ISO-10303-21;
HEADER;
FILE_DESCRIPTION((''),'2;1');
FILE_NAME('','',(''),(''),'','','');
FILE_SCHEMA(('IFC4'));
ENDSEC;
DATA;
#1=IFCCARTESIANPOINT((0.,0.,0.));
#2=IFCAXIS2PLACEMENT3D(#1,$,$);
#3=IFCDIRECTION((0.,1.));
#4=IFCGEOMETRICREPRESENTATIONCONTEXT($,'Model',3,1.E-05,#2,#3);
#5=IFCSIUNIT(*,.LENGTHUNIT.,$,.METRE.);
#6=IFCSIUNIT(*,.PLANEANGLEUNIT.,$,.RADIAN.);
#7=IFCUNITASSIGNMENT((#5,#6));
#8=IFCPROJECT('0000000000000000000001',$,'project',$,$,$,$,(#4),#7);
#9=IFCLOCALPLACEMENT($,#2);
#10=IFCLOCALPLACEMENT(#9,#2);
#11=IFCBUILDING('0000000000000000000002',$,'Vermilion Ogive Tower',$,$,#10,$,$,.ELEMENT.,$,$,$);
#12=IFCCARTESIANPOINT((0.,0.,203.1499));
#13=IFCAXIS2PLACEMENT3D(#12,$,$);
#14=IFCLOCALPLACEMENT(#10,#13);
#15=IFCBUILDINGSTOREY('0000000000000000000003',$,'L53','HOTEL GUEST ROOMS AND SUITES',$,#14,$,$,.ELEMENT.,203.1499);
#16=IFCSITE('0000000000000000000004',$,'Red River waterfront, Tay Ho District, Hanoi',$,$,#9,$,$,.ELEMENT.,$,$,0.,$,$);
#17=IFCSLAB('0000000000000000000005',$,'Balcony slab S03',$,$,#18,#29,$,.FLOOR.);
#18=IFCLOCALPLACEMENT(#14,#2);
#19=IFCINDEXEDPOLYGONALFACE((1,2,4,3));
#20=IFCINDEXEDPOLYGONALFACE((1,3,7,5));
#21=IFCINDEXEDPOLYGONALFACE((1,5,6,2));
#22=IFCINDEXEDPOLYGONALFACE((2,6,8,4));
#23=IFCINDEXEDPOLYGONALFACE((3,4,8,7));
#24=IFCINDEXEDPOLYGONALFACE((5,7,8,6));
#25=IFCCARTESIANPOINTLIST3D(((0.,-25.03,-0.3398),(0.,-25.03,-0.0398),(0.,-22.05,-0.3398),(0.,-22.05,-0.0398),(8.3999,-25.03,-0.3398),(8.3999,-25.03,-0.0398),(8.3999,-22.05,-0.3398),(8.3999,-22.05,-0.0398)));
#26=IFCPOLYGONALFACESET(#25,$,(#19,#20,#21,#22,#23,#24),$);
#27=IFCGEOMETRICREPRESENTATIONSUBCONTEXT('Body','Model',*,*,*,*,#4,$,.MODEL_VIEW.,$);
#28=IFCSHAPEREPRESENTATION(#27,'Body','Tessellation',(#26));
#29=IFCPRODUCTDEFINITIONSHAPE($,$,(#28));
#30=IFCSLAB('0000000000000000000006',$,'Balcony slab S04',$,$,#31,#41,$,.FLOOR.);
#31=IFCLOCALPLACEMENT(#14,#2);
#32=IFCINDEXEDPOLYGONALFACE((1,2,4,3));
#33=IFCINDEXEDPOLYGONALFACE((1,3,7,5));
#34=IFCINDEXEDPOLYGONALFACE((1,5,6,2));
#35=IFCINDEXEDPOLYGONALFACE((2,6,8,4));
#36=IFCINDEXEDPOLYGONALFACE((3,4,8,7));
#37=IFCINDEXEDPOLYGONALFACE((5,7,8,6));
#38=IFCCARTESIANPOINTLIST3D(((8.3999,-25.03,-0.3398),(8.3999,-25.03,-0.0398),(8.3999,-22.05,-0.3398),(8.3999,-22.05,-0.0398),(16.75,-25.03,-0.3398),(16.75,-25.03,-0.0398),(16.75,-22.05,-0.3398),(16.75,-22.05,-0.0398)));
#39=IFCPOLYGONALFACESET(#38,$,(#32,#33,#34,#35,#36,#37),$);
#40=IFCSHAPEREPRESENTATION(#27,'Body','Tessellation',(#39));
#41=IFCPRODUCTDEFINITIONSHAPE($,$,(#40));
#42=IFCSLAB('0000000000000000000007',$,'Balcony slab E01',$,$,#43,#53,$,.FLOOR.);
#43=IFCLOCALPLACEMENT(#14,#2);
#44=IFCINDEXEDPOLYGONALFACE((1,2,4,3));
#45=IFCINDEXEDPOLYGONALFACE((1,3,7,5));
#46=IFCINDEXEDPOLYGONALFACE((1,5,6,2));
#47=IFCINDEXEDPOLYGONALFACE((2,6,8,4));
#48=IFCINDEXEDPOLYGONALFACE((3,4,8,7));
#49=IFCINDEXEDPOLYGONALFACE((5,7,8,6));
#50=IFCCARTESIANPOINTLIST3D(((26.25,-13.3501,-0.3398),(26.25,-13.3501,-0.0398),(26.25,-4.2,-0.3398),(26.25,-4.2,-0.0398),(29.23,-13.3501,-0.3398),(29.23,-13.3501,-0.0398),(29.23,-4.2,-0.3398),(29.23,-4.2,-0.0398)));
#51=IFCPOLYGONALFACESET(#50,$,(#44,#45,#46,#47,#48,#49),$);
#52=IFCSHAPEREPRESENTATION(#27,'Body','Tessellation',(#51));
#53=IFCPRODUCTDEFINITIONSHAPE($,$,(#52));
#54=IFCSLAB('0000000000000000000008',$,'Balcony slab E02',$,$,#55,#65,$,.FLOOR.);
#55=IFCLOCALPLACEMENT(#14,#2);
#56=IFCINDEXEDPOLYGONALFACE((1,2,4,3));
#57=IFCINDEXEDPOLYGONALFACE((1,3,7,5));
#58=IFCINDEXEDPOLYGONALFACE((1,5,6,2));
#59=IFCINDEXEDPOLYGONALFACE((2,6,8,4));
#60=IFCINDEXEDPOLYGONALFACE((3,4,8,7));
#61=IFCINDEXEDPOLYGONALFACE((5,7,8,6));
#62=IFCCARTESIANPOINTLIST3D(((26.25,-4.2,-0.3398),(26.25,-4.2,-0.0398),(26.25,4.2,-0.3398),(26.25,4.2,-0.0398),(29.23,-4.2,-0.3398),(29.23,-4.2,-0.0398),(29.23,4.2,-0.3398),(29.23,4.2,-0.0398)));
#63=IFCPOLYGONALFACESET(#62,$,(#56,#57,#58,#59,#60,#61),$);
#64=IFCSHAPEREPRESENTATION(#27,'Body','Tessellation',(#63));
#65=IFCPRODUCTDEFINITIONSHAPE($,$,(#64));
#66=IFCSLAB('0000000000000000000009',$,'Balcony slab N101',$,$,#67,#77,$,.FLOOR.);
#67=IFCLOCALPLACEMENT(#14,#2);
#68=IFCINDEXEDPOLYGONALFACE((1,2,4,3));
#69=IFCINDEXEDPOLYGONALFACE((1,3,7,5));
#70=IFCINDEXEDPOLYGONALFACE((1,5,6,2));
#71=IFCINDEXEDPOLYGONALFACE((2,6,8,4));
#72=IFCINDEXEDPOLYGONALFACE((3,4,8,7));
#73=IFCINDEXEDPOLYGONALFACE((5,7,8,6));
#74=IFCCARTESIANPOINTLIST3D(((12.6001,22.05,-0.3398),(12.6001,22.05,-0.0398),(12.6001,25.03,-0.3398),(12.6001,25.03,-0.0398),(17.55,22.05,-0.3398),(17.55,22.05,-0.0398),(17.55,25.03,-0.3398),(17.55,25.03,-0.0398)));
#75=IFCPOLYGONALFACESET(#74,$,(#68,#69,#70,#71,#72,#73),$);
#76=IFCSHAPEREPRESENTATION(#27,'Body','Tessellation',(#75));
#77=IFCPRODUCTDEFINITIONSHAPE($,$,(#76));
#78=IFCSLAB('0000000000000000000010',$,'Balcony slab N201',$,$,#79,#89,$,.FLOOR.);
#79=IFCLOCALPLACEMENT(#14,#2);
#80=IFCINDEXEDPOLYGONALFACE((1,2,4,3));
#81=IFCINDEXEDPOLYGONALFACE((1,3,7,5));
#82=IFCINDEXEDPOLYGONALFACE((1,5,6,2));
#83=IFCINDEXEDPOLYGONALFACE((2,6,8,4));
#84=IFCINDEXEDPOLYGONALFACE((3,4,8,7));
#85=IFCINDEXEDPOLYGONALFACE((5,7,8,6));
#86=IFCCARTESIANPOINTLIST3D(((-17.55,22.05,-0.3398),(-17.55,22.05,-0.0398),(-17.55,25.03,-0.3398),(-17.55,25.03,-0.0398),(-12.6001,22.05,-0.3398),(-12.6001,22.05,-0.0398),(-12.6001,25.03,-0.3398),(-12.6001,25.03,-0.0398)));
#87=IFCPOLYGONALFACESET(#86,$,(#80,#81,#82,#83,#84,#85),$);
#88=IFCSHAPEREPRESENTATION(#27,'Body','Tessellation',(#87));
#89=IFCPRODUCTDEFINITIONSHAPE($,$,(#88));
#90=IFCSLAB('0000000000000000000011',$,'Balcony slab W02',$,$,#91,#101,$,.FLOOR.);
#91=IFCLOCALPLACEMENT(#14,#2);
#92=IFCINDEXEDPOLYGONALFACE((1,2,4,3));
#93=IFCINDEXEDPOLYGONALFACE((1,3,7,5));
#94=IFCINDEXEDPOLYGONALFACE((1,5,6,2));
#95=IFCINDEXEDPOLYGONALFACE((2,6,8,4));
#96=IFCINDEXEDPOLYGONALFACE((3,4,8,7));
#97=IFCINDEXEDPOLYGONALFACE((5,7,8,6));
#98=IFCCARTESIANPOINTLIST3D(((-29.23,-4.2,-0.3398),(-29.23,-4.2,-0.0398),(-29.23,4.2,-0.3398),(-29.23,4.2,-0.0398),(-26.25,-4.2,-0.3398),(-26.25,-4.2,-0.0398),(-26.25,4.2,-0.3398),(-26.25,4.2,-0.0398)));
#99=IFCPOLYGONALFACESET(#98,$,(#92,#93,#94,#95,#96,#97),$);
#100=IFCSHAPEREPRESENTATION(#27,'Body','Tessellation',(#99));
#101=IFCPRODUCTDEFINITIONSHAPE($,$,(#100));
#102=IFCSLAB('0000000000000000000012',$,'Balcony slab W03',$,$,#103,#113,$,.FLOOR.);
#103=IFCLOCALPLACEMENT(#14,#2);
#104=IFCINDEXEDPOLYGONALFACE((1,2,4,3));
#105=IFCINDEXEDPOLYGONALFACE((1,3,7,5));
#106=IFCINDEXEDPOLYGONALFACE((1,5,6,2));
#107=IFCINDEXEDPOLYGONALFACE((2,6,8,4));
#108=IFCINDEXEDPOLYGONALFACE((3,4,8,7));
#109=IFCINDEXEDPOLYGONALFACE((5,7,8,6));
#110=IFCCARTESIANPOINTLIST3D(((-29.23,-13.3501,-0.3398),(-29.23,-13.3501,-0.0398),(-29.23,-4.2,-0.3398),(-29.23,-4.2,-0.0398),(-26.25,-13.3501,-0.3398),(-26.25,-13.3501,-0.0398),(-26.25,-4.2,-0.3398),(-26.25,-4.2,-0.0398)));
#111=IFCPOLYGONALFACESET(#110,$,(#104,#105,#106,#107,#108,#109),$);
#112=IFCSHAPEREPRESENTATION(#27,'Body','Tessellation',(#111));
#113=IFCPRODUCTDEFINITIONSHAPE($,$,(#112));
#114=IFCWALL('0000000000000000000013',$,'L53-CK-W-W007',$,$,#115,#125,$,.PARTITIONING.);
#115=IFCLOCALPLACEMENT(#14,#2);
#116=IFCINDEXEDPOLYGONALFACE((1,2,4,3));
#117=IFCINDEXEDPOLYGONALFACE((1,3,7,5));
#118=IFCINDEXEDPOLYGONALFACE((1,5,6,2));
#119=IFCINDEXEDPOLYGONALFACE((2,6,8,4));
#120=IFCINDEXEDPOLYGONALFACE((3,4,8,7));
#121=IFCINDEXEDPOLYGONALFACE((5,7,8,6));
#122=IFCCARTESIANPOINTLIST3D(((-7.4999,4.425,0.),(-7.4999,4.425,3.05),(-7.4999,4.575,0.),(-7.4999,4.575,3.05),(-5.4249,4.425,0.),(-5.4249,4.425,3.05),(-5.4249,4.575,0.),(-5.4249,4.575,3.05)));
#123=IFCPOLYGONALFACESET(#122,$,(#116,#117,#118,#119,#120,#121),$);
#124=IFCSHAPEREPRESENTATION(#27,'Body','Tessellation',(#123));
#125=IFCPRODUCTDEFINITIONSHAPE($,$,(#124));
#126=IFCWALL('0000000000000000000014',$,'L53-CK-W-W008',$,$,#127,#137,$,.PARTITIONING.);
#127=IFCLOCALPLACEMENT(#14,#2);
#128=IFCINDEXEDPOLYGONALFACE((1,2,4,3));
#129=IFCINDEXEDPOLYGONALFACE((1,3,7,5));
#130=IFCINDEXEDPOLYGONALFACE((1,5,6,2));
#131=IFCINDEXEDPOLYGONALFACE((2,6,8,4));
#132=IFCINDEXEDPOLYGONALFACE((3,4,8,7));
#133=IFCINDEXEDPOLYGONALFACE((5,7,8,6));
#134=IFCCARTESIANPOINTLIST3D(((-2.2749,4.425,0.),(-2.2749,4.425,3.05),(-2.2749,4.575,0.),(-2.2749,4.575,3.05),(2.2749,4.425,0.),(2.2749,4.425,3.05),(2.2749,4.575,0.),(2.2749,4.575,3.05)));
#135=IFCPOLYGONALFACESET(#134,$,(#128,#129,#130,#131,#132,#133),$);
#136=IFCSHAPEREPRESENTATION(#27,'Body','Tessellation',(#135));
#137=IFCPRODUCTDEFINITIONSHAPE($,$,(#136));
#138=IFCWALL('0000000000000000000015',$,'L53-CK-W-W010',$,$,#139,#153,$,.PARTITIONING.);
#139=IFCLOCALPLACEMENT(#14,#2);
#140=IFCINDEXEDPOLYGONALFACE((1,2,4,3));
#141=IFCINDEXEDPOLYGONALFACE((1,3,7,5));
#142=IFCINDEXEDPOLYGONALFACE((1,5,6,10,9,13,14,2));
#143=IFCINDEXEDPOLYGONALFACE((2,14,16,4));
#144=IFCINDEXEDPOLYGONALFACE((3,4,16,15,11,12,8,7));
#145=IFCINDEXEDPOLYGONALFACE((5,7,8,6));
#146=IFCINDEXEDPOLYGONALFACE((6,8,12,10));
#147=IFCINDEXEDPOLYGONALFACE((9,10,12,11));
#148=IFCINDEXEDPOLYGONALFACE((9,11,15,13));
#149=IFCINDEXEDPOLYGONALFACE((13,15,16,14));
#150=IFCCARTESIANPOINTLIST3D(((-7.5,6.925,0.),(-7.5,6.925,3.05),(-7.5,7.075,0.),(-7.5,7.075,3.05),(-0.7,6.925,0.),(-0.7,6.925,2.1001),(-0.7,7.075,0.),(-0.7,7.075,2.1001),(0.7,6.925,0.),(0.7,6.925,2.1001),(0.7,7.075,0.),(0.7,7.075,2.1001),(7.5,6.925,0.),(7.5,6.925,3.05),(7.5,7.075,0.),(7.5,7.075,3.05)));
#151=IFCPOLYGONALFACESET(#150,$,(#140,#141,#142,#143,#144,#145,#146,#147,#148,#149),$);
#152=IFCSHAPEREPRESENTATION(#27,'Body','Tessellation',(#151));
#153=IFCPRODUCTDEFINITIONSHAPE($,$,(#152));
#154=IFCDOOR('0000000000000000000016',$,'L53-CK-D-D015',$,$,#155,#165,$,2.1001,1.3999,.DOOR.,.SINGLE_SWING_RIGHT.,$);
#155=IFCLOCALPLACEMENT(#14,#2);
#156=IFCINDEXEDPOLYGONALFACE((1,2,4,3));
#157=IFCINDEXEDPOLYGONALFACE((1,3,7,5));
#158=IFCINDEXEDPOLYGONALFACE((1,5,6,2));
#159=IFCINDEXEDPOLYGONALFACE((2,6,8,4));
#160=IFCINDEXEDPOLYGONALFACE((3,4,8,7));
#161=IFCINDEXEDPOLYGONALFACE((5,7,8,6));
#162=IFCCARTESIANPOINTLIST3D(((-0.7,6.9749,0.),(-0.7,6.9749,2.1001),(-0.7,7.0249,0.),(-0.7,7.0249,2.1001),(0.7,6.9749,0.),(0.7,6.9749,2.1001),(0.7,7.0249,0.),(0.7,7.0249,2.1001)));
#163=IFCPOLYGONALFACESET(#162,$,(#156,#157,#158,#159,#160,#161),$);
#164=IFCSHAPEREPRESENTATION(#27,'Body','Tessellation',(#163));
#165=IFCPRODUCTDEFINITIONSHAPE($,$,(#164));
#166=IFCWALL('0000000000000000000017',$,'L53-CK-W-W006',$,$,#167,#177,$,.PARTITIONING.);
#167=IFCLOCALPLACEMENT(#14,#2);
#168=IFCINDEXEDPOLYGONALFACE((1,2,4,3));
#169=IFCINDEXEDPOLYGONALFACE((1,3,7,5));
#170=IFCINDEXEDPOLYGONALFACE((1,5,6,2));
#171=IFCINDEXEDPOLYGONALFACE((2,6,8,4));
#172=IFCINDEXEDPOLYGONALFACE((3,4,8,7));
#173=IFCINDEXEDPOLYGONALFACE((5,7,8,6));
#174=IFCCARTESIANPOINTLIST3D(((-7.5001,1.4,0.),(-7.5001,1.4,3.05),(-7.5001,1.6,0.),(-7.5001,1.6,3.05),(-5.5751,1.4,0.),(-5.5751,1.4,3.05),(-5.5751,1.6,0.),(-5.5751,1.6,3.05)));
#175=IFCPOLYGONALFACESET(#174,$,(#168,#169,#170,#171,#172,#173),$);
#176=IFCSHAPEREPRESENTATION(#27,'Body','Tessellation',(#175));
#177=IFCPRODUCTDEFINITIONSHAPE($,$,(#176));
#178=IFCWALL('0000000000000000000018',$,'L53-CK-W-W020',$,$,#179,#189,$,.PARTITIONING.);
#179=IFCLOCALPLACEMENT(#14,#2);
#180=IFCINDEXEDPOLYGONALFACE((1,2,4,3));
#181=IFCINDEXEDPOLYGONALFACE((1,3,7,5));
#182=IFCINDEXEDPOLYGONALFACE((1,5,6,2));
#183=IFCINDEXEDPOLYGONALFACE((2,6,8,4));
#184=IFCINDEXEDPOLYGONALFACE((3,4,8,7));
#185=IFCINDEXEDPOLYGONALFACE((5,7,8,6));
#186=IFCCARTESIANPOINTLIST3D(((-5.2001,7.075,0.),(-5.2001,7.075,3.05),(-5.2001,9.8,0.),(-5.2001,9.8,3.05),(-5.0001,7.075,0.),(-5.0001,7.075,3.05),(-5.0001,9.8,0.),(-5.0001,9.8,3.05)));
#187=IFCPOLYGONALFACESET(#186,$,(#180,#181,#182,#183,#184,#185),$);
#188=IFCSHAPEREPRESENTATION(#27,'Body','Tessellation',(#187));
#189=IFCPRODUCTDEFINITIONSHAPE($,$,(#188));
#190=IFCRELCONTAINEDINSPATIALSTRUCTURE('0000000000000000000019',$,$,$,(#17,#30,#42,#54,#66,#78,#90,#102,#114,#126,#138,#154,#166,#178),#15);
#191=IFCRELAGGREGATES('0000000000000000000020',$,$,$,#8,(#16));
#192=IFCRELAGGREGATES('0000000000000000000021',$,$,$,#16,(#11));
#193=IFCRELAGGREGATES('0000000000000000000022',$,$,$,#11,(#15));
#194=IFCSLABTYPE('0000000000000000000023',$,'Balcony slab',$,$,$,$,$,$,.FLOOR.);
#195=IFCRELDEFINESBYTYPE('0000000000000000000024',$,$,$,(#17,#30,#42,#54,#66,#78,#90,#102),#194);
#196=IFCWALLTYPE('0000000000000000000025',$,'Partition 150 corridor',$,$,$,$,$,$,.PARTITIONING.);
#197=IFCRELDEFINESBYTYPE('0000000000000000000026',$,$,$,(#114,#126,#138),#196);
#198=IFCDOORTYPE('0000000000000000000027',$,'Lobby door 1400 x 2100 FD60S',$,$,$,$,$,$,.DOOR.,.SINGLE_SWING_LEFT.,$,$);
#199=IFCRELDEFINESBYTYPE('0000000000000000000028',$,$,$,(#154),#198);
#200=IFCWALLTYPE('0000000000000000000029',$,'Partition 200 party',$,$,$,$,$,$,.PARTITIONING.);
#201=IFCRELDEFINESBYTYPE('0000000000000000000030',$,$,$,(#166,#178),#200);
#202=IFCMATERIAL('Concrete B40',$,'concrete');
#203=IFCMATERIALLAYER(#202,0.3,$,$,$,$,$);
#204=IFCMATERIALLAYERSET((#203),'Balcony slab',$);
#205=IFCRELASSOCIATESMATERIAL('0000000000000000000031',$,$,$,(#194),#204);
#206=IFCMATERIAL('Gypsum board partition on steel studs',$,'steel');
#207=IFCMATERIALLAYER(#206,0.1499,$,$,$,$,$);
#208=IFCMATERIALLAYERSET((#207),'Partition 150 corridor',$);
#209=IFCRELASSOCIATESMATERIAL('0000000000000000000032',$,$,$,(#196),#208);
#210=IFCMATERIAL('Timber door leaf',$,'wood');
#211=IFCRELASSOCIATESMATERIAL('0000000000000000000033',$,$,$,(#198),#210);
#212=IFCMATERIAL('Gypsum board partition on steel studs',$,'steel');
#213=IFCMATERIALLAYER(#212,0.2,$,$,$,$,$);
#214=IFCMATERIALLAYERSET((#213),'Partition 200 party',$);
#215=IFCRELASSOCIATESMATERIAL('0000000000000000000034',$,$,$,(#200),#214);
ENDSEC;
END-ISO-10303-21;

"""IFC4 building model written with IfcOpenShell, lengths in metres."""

from ifc_helpers import new_model, si_unit, direction, frame, frame_2d, origin, place, context, subcontext, project, spatial, polyline, rectangle, outline, extrude, material, layer, layer_set, type_object, element, fill, save


model = new_model("IFC4")

# Units and contexts
model_context = context("Model", 3, precision=1e-05, world=origin(), true_north=direction((0.0, 1.0)))
body_context = subcontext(model_context, "Body", "Model", "MODEL_VIEW")
ifc_project = project(units=[si_unit("LENGTHUNIT", "METRE"), si_unit("PLANEANGLEUNIT", "RADIAN")], contexts=[model_context])

# Site, building, storey
site_placement = place(None, origin())
site = spatial("IfcSite", under=ifc_project, at=site_placement, Name="Red River waterfront, Tay Ho District, Hanoi", CompositionType="ELEMENT", RefElevation=0.0)
building_placement = place(site_placement, origin())
building = spatial("IfcBuilding", under=site, at=building_placement, Name="Vermilion Ogive Tower", CompositionType="ELEMENT")
storey_placement = place(building_placement, frame((0.0, 0.0, 203.1499)))
storey = spatial("IfcBuildingStorey", under=building, at=storey_placement, Name="L53", Description="HOTEL GUEST ROOMS AND SUITES", CompositionType="ELEMENT", Elevation=203.1499)

# Slabs
ifc_material_1 = material(Name="Concrete B40", Category="concrete")
ifc_layer_1 = layer(ifc_material_1, 0.3)
ifc_layer_set_1 = layer_set([ifc_layer_1], Name="Balcony slab")
slab_type = type_object("IfcSlabType", Name="Balcony slab", PredefinedType="FLOOR", material=ifc_layer_set_1)
slab_1_placement = place(storey_placement, frame((0.0, 0.0, -0.3398)))
element("IfcSlab", 1, at=slab_1_placement, inside=storey, type_object=slab_type, Name="Balcony slab S03", PredefinedType="FLOOR", context=body_context, shape_type="SweptSolid", body=[
    extrude(outline(polyline([(0.0, -25.03), (8.3999, -25.03), (8.3999, -22.05), (0.0, -22.05), (0.0, -25.03)])), origin(), (0.0, 0.0, 1.0), 0.3),
])
slab_2_placement = place(storey_placement, frame((0.0, 0.0, -0.3398)))
element("IfcSlab", 2, at=slab_2_placement, inside=storey, type_object=slab_type, Name="Balcony slab S04", PredefinedType="FLOOR", context=body_context, shape_type="SweptSolid", body=[
    extrude(outline(polyline([(8.3999, -25.03), (16.75, -25.03), (16.75, -22.05), (8.3999, -22.05), (8.3999, -25.03)])), origin(), (0.0, 0.0, 1.0), 0.3),
])
slab_3_placement = place(storey_placement, frame((0.0, 0.0, -0.3398)))
element("IfcSlab", 3, at=slab_3_placement, inside=storey, type_object=slab_type, Name="Balcony slab E01", PredefinedType="FLOOR", context=body_context, shape_type="SweptSolid", body=[
    extrude(outline(polyline([(29.23, -13.3501), (29.23, -4.2), (26.25, -4.2), (26.25, -13.3501), (29.23, -13.3501)])), origin(), (0.0, 0.0, 1.0), 0.3),
])
slab_4_placement = place(storey_placement, frame((0.0, 0.0, -0.3398)))
element("IfcSlab", 4, at=slab_4_placement, inside=storey, type_object=slab_type, Name="Balcony slab E02", PredefinedType="FLOOR", context=body_context, shape_type="SweptSolid", body=[
    extrude(outline(polyline([(29.23, -4.2), (29.23, 4.2), (26.25, 4.2), (26.25, -4.2), (29.23, -4.2)])), origin(), (0.0, 0.0, 1.0), 0.3),
])
slab_5_placement = place(storey_placement, frame((0.0, 0.0, -0.3398)))
element("IfcSlab", 5, at=slab_5_placement, inside=storey, type_object=slab_type, Name="Balcony slab N101", PredefinedType="FLOOR", context=body_context, shape_type="SweptSolid", body=[
    extrude(outline(polyline([(17.55, 25.03), (12.6001, 25.03), (12.6001, 22.05), (17.55, 22.05), (17.55, 25.03)])), origin(), (0.0, 0.0, 1.0), 0.3),
])
slab_6_placement = place(storey_placement, frame((0.0, 0.0, -0.3398)))
element("IfcSlab", 6, at=slab_6_placement, inside=storey, type_object=slab_type, Name="Balcony slab N201", PredefinedType="FLOOR", context=body_context, shape_type="SweptSolid", body=[
    extrude(outline(polyline([(-12.6001, 25.03), (-17.55, 25.03), (-17.55, 22.05), (-12.6001, 22.05), (-12.6001, 25.03)])), origin(), (0.0, 0.0, 1.0), 0.3),
])
slab_7_placement = place(storey_placement, frame((0.0, 0.0, -0.3398)))
element("IfcSlab", 7, at=slab_7_placement, inside=storey, type_object=slab_type, Name="Balcony slab W02", PredefinedType="FLOOR", context=body_context, shape_type="SweptSolid", body=[
    extrude(outline(polyline([(-29.23, 4.2), (-29.23, -4.2), (-26.25, -4.2), (-26.25, 4.2), (-29.23, 4.2)])), origin(), (0.0, 0.0, 1.0), 0.3),
])
slab_8_placement = place(storey_placement, frame((0.0, 0.0, -0.3398)))
element("IfcSlab", 8, at=slab_8_placement, inside=storey, type_object=slab_type, Name="Balcony slab W03", PredefinedType="FLOOR", context=body_context, shape_type="SweptSolid", body=[
    extrude(outline(polyline([(-29.23, -4.2), (-29.23, -13.3501), (-26.25, -13.3501), (-26.25, -4.2), (-29.23, -4.2)])), origin(), (0.0, 0.0, 1.0), 0.3),
])

# Walls
ifc_material_2 = material(Name="Gypsum board partition on steel studs", Category="steel")
ifc_layer_2 = layer(ifc_material_2, 0.1499)
ifc_layer_set_2 = layer_set([ifc_layer_2], Name="Partition 150 corridor")
wall_type_1 = type_object("IfcWallType", Name="Partition 150 corridor", PredefinedType="PARTITIONING", material=ifc_layer_set_2)
wall_1_placement = place(storey_placement, frame((-7.5, 4.5, 0.0), z_axis=(0.0, 0.0, 1.0), x_axis=(1.0, 0.0, 0.0)))
element("IfcWall", 9, at=wall_1_placement, inside=storey, type_object=wall_type_1, Name="L53-CK-W-W007", PredefinedType="PARTITIONING", context=body_context, shape_type="SweptSolid", body=[
    extrude(rectangle(XDim=2.075, YDim=0.1499, at=frame_2d((1.0376, 0.0))), origin(), (0.0, 0.0, 1.0), 3.05),
])
wall_2_placement = place(storey_placement, frame((-2.2749, 4.5, 0.0), z_axis=(0.0, 0.0, 1.0), x_axis=(1.0, 0.0, 0.0)))
element("IfcWall", 10, at=wall_2_placement, inside=storey, type_object=wall_type_1, Name="L53-CK-W-W008", PredefinedType="PARTITIONING", context=body_context, shape_type="SweptSolid", body=[
    extrude(rectangle(XDim=4.5498, YDim=0.1499, at=frame_2d((2.2749, 0.0))), origin(), (0.0, 0.0, 1.0), 3.05),
])

# Wall, opening, door
wall_3_placement = place(storey_placement, frame((-7.5, 7.0, 0.0), z_axis=(0.0, 0.0, 1.0), x_axis=(1.0, 0.0, 0.0)))
wall_3 = element("IfcWall", 11, at=wall_3_placement, inside=storey, type_object=wall_type_1, Name="L53-CK-W-W010", PredefinedType="PARTITIONING", context=body_context, shape_type="SweptSolid", body=[
    extrude(rectangle(XDim=15.0, YDim=0.1499, at=frame_2d((7.5, 0.0))), origin(), (0.0, 0.0, 1.0), 3.05),
])
opening_placement = place(wall_3_placement, frame((6.8, 0.0, 0.0)))
opening = element("IfcOpeningElement", 12, at=opening_placement, cuts=wall_3, PredefinedType="OPENING", context=body_context, shape_type="SweptSolid", body=[
    extrude(rectangle(XDim=1.3999, YDim=2.1001, at=frame_2d((0.7, 1.05))), frame((0.0, 0.085, 0.0), z_axis=(0.0, -1.0, 0.0), x_axis=(1.0, 0.0, 0.0)), (0.0, 0.0, 1.0), 0.1699),
])
ifc_material_3 = material(Name="Timber door leaf", Category="wood")
door_type = type_object("IfcDoorType", Name="Lobby door 1400 x 2100 FD60S", OperationType="SINGLE_SWING_LEFT", PredefinedType="DOOR", material=ifc_material_3)
door_placement = place(opening_placement, origin())
door = element("IfcDoor", 13, at=door_placement, inside=storey, type_object=door_type, Name="L53-CK-D-D015", OperationType="SINGLE_SWING_RIGHT", OverallHeight=2.1001, OverallWidth=1.3999, PredefinedType="DOOR", context=body_context, shape_type="SweptSolid", body=[
    extrude(rectangle(XDim=1.3999, YDim=2.1001, at=frame_2d((0.7, 1.05))), frame((0.0, 0.0249, 0.0), z_axis=(0.0, -1.0, 0.0), x_axis=(1.0, 0.0, 0.0)), (0.0, 0.0, 1.0), 0.05),
])
fill(opening, door)

# Walls
ifc_material_4 = material(Name="Gypsum board partition on steel studs", Category="steel")
ifc_layer_3 = layer(ifc_material_4, 0.2)
ifc_layer_set_3 = layer_set([ifc_layer_3], Name="Partition 200 party")
wall_type_2 = type_object("IfcWallType", Name="Partition 200 party", PredefinedType="PARTITIONING", material=ifc_layer_set_3)
wall_4_placement = place(storey_placement, frame((-7.5, 1.5, 0.0), z_axis=(0.0, 0.0, 1.0), x_axis=(1.0, 0.0, 0.0)))
element("IfcWall", 14, at=wall_4_placement, inside=storey, type_object=wall_type_2, Name="L53-CK-W-W006", PredefinedType="PARTITIONING", context=body_context, shape_type="SweptSolid", body=[
    extrude(rectangle(XDim=1.925, YDim=0.2, at=frame_2d((0.9624, 0.0))), origin(), (0.0, 0.0, 1.0), 3.05),
])
wall_5_placement = place(storey_placement, frame((-5.1001, 7.075, 0.0), z_axis=(0.0, 0.0, 1.0), x_axis=(0.0, 1.0, 0.0)))
element("IfcWall", 15, at=wall_5_placement, inside=storey, type_object=wall_type_2, Name="L53-CK-W-W020", PredefinedType="PARTITIONING", context=body_context, shape_type="SweptSolid", body=[
    extrude(rectangle(XDim=2.7251, YDim=0.2, at=frame_2d((1.3625, 0.0))), origin(), (0.0, 0.0, 1.0), 3.05),
])

save(model, "model.ifc")
